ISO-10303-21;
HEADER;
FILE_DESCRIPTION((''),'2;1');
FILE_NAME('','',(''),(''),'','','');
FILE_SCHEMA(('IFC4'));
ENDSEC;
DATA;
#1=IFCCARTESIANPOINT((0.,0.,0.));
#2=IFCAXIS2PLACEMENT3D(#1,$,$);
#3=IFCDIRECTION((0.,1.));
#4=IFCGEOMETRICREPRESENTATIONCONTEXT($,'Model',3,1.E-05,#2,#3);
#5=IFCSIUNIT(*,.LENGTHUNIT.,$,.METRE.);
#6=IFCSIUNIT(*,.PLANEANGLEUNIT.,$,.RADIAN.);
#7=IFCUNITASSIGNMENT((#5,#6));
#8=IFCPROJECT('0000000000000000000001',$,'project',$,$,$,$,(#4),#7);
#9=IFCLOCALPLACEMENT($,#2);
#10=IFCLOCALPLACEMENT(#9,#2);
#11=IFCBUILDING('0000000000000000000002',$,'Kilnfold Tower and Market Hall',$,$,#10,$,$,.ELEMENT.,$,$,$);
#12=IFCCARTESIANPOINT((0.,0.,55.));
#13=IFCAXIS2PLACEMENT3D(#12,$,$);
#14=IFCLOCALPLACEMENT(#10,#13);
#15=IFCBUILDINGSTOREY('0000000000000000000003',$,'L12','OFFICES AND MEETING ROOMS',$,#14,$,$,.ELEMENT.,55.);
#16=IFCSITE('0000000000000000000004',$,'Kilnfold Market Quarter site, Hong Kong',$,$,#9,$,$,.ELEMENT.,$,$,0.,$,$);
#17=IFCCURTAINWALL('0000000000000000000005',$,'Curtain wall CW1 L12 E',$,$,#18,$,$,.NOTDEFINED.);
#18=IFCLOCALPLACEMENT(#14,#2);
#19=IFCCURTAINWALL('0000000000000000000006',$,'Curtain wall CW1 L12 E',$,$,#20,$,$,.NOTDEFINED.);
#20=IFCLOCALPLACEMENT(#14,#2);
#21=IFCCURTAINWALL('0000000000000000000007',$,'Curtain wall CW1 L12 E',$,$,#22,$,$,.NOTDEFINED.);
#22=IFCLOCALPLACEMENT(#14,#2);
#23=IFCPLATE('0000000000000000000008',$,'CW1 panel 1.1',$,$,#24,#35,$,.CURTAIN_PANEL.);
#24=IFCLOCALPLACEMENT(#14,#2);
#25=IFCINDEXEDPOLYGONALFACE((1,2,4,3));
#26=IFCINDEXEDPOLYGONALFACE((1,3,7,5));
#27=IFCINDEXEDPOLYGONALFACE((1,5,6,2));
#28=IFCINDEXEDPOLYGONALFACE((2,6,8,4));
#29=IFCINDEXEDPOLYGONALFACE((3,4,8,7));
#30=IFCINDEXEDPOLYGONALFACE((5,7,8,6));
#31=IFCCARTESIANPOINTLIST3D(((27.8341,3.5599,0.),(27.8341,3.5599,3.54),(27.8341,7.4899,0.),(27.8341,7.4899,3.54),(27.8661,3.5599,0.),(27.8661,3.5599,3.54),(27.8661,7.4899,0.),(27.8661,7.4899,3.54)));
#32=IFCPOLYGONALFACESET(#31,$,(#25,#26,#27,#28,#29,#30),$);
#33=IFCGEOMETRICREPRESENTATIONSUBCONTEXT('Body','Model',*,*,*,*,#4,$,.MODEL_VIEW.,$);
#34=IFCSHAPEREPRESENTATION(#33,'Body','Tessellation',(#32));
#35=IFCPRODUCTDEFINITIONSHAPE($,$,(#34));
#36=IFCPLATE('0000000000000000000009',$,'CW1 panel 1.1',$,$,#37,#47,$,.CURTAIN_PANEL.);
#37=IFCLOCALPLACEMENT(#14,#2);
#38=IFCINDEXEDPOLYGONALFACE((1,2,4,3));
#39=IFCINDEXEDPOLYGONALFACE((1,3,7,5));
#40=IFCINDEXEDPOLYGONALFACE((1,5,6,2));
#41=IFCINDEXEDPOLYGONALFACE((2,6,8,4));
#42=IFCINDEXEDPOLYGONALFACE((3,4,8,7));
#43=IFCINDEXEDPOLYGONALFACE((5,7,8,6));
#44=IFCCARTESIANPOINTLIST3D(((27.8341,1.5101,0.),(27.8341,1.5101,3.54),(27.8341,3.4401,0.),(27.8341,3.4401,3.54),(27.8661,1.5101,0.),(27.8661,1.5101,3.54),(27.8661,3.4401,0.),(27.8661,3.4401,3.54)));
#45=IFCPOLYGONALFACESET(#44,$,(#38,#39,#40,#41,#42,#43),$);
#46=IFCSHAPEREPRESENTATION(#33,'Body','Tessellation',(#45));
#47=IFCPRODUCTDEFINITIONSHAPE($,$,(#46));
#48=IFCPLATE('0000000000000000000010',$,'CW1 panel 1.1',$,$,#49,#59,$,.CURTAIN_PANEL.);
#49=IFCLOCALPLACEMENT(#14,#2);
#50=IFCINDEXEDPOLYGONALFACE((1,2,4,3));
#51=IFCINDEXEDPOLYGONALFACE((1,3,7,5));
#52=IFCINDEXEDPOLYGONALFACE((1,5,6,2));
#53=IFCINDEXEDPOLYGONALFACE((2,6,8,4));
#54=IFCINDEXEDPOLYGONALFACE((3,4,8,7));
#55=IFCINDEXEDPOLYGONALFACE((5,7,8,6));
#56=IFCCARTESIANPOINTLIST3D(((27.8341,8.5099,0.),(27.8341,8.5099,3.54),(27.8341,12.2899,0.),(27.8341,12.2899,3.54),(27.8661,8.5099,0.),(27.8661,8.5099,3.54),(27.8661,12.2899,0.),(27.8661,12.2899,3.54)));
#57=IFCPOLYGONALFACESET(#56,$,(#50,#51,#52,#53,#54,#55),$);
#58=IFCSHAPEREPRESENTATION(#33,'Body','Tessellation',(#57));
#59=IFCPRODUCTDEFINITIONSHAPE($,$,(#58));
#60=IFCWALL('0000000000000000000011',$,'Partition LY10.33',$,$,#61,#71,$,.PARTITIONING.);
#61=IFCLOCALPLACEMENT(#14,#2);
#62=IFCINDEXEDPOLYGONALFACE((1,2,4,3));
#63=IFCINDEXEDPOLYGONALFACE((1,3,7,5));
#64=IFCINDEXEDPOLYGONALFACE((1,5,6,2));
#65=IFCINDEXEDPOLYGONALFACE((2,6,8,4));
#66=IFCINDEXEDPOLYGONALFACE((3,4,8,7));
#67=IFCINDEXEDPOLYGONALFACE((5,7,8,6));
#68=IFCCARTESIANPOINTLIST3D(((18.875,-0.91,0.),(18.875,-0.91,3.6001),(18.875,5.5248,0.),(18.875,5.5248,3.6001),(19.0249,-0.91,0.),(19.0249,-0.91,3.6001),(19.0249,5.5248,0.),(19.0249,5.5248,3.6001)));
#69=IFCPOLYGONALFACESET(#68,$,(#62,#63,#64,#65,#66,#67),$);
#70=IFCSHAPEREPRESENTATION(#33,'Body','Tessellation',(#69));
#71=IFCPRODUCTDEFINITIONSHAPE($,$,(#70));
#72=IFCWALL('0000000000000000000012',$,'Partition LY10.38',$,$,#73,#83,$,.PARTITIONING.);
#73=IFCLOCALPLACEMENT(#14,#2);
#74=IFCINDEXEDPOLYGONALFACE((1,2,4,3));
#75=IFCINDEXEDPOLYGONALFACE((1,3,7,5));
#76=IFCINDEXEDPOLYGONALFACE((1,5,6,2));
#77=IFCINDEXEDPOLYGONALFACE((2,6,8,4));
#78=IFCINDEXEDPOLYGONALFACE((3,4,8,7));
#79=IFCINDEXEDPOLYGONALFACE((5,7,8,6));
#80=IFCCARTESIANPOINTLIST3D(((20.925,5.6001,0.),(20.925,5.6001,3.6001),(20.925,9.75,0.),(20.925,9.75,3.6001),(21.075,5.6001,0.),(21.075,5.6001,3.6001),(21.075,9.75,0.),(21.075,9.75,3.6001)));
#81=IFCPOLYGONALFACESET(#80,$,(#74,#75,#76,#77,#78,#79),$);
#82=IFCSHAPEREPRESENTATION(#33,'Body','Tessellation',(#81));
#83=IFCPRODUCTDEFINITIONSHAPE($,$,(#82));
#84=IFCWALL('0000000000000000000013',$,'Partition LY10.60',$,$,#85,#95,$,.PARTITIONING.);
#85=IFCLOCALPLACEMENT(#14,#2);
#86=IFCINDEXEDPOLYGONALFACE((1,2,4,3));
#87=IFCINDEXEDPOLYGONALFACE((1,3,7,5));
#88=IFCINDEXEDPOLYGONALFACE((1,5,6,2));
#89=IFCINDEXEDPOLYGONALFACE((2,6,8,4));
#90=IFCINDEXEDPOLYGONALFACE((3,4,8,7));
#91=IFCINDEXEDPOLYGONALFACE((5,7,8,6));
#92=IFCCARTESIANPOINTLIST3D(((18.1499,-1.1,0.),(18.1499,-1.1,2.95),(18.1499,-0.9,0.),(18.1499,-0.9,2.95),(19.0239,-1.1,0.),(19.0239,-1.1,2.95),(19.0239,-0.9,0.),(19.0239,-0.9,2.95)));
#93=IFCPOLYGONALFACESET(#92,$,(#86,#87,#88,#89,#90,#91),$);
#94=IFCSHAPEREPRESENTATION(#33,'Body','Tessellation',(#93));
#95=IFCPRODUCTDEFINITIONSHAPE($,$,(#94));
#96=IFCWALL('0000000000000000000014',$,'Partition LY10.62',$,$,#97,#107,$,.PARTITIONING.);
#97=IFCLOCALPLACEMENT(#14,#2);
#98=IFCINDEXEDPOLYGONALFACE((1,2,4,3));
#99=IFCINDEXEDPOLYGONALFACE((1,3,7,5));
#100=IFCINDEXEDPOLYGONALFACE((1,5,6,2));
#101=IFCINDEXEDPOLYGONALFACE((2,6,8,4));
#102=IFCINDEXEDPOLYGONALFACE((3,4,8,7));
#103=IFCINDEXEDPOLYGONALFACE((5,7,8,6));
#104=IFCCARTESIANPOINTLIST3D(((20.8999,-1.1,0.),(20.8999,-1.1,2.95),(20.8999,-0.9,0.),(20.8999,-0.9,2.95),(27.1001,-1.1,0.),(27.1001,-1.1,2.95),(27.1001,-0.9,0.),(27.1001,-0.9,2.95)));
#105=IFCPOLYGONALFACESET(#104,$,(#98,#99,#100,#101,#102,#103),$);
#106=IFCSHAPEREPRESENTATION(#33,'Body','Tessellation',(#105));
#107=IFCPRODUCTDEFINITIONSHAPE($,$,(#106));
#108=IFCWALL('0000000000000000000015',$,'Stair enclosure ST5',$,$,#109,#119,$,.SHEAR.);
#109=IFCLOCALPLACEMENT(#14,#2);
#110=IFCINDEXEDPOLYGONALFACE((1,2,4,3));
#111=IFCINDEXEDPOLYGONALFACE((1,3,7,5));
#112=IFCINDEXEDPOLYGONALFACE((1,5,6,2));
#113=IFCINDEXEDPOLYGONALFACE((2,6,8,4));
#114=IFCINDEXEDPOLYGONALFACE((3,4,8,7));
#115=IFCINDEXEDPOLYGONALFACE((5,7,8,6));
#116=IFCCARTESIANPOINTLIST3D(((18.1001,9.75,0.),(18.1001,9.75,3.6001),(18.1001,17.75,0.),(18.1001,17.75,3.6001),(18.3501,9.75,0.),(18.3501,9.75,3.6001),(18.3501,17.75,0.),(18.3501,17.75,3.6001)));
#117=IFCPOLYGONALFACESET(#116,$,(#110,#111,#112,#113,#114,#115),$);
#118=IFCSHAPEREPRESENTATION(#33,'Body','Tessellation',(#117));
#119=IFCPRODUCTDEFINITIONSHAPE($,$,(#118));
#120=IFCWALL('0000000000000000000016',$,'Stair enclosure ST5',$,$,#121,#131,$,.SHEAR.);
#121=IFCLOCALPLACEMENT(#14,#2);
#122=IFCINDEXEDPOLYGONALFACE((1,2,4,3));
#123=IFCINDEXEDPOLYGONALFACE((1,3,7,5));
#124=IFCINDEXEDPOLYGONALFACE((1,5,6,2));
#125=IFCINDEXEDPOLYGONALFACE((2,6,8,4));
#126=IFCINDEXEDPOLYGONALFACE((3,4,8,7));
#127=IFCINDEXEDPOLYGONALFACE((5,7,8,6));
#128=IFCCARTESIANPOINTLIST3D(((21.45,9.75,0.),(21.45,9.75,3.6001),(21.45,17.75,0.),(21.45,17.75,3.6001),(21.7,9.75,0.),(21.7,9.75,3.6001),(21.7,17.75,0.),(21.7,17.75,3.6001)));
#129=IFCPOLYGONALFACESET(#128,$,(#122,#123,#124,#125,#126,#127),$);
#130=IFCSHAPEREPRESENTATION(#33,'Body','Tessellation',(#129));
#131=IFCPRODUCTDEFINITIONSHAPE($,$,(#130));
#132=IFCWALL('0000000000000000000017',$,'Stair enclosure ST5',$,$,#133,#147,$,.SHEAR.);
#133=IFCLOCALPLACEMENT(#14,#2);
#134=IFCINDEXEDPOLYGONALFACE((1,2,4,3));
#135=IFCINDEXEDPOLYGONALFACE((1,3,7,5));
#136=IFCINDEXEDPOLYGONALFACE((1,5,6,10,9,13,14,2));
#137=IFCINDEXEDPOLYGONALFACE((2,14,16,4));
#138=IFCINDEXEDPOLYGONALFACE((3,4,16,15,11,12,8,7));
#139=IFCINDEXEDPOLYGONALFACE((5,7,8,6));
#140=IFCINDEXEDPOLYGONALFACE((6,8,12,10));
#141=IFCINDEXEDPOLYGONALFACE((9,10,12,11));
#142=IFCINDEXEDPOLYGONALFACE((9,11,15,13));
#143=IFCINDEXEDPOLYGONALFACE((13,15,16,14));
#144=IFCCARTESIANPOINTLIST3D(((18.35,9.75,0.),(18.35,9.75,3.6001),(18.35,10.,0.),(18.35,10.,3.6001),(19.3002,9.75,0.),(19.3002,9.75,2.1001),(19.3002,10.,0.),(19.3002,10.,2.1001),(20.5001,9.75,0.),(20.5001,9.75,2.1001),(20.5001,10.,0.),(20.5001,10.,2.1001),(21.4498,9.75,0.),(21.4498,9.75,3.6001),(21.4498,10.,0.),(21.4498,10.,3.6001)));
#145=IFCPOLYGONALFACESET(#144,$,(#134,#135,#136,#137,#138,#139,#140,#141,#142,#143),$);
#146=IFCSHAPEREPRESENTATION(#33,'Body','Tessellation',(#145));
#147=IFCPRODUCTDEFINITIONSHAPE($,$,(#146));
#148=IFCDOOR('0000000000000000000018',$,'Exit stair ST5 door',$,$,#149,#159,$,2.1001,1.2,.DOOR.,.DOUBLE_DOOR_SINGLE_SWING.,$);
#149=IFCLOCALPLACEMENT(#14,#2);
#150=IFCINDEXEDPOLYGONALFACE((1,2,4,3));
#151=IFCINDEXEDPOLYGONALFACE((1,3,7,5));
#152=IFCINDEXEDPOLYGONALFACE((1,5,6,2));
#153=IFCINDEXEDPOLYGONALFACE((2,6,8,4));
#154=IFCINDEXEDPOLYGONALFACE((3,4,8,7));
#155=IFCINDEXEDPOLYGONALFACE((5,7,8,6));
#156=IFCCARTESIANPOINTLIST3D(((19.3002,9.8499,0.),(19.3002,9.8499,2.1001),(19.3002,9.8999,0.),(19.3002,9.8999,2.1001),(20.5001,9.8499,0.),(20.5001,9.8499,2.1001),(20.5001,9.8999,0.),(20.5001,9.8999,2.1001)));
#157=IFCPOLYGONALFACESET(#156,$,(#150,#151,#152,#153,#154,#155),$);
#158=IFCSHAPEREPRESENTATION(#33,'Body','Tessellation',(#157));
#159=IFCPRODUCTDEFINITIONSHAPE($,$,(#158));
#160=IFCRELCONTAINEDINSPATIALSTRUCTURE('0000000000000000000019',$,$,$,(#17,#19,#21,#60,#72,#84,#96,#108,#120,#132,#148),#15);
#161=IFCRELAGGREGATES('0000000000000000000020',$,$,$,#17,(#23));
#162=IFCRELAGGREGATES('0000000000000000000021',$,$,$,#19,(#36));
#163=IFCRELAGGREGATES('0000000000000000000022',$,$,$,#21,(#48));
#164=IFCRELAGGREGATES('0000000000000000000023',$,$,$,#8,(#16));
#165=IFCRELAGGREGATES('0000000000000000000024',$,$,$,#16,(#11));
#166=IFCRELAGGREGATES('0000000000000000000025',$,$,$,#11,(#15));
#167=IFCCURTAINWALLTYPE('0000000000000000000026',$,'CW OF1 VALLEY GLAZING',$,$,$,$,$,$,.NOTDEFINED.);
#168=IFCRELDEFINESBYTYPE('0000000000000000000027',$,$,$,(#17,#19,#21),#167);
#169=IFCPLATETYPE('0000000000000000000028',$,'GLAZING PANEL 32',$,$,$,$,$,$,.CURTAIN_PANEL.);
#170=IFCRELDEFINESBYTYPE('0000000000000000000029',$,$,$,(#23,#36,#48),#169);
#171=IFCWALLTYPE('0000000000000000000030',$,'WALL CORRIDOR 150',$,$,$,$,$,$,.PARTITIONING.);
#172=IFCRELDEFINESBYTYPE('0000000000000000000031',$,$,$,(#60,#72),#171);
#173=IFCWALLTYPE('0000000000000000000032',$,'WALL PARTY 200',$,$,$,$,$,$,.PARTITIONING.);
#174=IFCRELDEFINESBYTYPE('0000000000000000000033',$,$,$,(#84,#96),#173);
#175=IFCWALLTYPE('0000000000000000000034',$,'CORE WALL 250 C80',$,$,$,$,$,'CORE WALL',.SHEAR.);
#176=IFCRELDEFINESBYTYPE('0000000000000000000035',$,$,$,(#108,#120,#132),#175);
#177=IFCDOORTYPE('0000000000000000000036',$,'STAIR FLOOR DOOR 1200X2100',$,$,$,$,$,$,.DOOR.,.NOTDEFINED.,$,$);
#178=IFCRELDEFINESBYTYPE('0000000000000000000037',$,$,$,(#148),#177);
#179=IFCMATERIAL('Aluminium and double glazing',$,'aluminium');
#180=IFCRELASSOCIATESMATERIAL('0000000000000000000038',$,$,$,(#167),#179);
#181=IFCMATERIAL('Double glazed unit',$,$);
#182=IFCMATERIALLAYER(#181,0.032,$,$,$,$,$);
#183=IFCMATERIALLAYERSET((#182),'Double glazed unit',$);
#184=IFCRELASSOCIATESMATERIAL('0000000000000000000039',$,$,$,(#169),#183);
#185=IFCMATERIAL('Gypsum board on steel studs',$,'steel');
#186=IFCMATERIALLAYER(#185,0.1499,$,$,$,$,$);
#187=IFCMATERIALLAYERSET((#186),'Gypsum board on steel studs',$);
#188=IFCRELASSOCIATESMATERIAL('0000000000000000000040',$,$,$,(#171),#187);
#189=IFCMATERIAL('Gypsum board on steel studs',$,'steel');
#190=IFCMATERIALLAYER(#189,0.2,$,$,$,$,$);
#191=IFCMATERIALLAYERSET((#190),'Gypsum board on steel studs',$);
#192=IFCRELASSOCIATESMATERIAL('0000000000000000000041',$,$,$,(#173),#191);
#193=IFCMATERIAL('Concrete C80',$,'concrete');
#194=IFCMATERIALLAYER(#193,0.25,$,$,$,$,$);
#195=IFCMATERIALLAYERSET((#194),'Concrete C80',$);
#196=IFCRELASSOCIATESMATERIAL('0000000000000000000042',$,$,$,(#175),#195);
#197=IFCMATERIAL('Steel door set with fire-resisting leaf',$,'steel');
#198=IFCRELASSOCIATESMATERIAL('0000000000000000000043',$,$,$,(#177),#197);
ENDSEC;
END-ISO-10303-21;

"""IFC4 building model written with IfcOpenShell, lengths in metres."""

from ifc_helpers import new_model, si_unit, direction, frame, frame_2d, origin, origin_2d, place, context, subcontext, project, spatial, rectangle, extrude, source, transform, mapped, material, layer, layer_set, type_object, element, fill, aggregate, save


model = new_model("IFC4")

# Units and contexts
model_context = context("Model", 3, precision=1e-05, world=origin(), true_north=direction((0.0, 1.0)))
body_context = subcontext(model_context, "Body", "Model", "MODEL_VIEW")
ifc_project = project(units=[si_unit("LENGTHUNIT", "METRE"), si_unit("PLANEANGLEUNIT", "RADIAN")], contexts=[model_context])

# Site, building, storey
site_placement = place(None, origin())
site = spatial("IfcSite", under=ifc_project, at=site_placement, Name="Kilnfold Market Quarter site, Hong Kong", CompositionType="ELEMENT", RefElevation=0.0)
building_placement = place(site_placement, origin())
building = spatial("IfcBuilding", under=site, at=building_placement, Name="Kilnfold Tower and Market Hall", CompositionType="ELEMENT")
storey_placement = place(building_placement, frame((0.0, 0.0, 55.0)))
storey = spatial("IfcBuildingStorey", under=building, at=storey_placement, Name="L12", Description="OFFICES AND MEETING ROOMS", CompositionType="ELEMENT", Elevation=55.0)

# Curtain walls
ifc_material_1 = material(Name="Aluminium and double glazing", Category="aluminium")
curtain_wall_type = type_object("IfcCurtainWallType", Name="CW OF1 VALLEY GLAZING", PredefinedType="NOTDEFINED", material=ifc_material_1)
curtain_wall_1_placement = place(storey_placement, origin())
curtain_wall_1 = element("IfcCurtainWall", 1, at=curtain_wall_1_placement, inside=storey, type_object=curtain_wall_type, Name="Curtain wall CW1 L12 E", PredefinedType="NOTDEFINED")
curtain_wall_2_placement = place(storey_placement, origin())
curtain_wall_2 = element("IfcCurtainWall", 2, at=curtain_wall_2_placement, inside=storey, type_object=curtain_wall_type, Name="Curtain wall CW1 L12 E", PredefinedType="NOTDEFINED")
curtain_wall_3_placement = place(storey_placement, origin())
curtain_wall_3 = element("IfcCurtainWall", 3, at=curtain_wall_3_placement, inside=storey, type_object=curtain_wall_type, Name="Curtain wall CW1 L12 E", PredefinedType="NOTDEFINED")

# Plates
ifc_material_2 = material(Name="Double glazed unit")
ifc_layer_1 = layer(ifc_material_2, 0.032)
ifc_layer_set_1 = layer_set([ifc_layer_1], Name="Double glazed unit")
plate_type = type_object("IfcPlateType", Name="GLAZING PANEL 32", PredefinedType="CURTAIN_PANEL", material=ifc_layer_set_1)
shared_shape_1 = source(origin(), body_context, "Body", "SweptSolid", [
    extrude(rectangle(XDim=3.9299, YDim=0.032, at=origin_2d()), origin(), (0.0, 0.0, 1.0), 3.54),
])
plate_1_placement = place(storey_placement, frame((27.8501, 5.5249, 0.0), z_axis=(0.0, 0.0, 1.0), x_axis=(0.0, 1.0, 0.0)))
plate_1 = element("IfcPlate", 4, at=plate_1_placement, type_object=plate_type, Name="CW1 panel 1.1", PredefinedType="CURTAIN_PANEL", context=body_context, shape_type="MappedRepresentation", body=[
    mapped(shared_shape_1, transform((0.0, 0.0, 0.0))),
])
aggregate(curtain_wall_1, [plate_1])
shared_shape_2 = source(origin(), body_context, "Body", "SweptSolid", [
    extrude(rectangle(XDim=1.9299, YDim=0.032, at=origin_2d()), origin(), (0.0, 0.0, 1.0), 3.54),
])
plate_2_placement = place(storey_placement, frame((27.8501, 2.4751, 0.0), z_axis=(0.0, 0.0, 1.0), x_axis=(0.0, 1.0, 0.0)))
plate_2 = element("IfcPlate", 5, at=plate_2_placement, type_object=plate_type, Name="CW1 panel 1.1", PredefinedType="CURTAIN_PANEL", context=body_context, shape_type="MappedRepresentation", body=[
    mapped(shared_shape_2, transform((0.0, 0.0, 0.0))),
])
aggregate(curtain_wall_2, [plate_2])
shared_shape_3 = source(origin(), body_context, "Body", "SweptSolid", [
    extrude(rectangle(XDim=3.78, YDim=0.032, at=origin_2d()), origin(), (0.0, 0.0, 1.0), 3.54),
])
plate_3_placement = place(storey_placement, frame((27.8501, 10.3999, 0.0), z_axis=(0.0, 0.0, 1.0), x_axis=(0.0, 1.0, 0.0)))
plate_3 = element("IfcPlate", 6, at=plate_3_placement, type_object=plate_type, Name="CW1 panel 1.1", PredefinedType="CURTAIN_PANEL", context=body_context, shape_type="MappedRepresentation", body=[
    mapped(shared_shape_3, transform((0.0, 0.0, 0.0))),
])
aggregate(curtain_wall_3, [plate_3])

# Walls
ifc_material_3 = material(Name="Gypsum board on steel studs", Category="steel")
ifc_layer_2 = layer(ifc_material_3, 0.1499)
ifc_layer_set_2 = layer_set([ifc_layer_2], Name="Gypsum board on steel studs")
wall_type_1 = type_object("IfcWallType", Name="WALL CORRIDOR 150", PredefinedType="PARTITIONING", material=ifc_layer_set_2)
wall_1_placement = place(storey_placement, frame((18.95, -0.9099, 0.0), z_axis=(0.0, 0.0, 1.0), x_axis=(0.0, 1.0, 0.0)))
element("IfcWall", 7, at=wall_1_placement, inside=storey, type_object=wall_type_1, Name="Partition LY10.33", PredefinedType="PARTITIONING", context=body_context, shape_type="SweptSolid", body=[
    extrude(rectangle(XDim=6.4348, YDim=0.1499, at=frame_2d((3.2173, 0.0))), origin(), (0.0, 0.0, 1.0), 3.6001),
])
wall_2_placement = place(storey_placement, frame((21.0, 5.6001, 0.0), z_axis=(0.0, 0.0, 1.0), x_axis=(0.0, 1.0, 0.0)))
element("IfcWall", 8, at=wall_2_placement, inside=storey, type_object=wall_type_1, Name="Partition LY10.38", PredefinedType="PARTITIONING", context=body_context, shape_type="SweptSolid", body=[
    extrude(rectangle(XDim=4.1499, YDim=0.1499, at=frame_2d((2.075, 0.0))), origin(), (0.0, 0.0, 1.0), 3.6001),
])
ifc_material_4 = material(Name="Gypsum board on steel studs", Category="steel")
ifc_layer_3 = layer(ifc_material_4, 0.2)
ifc_layer_set_3 = layer_set([ifc_layer_3], Name="Gypsum board on steel studs")
wall_type_2 = type_object("IfcWallType", Name="WALL PARTY 200", PredefinedType="PARTITIONING", material=ifc_layer_set_3)
wall_3_placement = place(storey_placement, frame((18.1499, -1.0, 0.0), z_axis=(0.0, 0.0, 1.0), x_axis=(1.0, 0.0, 0.0)))
element("IfcWall", 9, at=wall_3_placement, inside=storey, type_object=wall_type_2, Name="Partition LY10.60", PredefinedType="PARTITIONING", context=body_context, shape_type="SweptSolid", body=[
    extrude(rectangle(XDim=0.874, YDim=0.2, at=frame_2d((0.437, 0.0))), origin(), (0.0, 0.0, 1.0), 2.95),
])
wall_4_placement = place(storey_placement, frame((20.8999, -1.0, 0.0), z_axis=(0.0, 0.0, 1.0), x_axis=(1.0, 0.0, 0.0)))
element("IfcWall", 10, at=wall_4_placement, inside=storey, type_object=wall_type_2, Name="Partition LY10.62", PredefinedType="PARTITIONING", context=body_context, shape_type="SweptSolid", body=[
    extrude(rectangle(XDim=6.2002, YDim=0.2, at=frame_2d((3.1001, 0.0))), origin(), (0.0, 0.0, 1.0), 2.95),
])
ifc_material_5 = material(Name="Concrete C80", Category="concrete")
ifc_layer_4 = layer(ifc_material_5, 0.25)
ifc_layer_set_4 = layer_set([ifc_layer_4], Name="Concrete C80")
wall_type_3 = type_object("IfcWallType", Name="CORE WALL 250 C80", ElementType="CORE WALL", PredefinedType="SHEAR", material=ifc_layer_set_4)
shared_shape_4 = source(origin(), body_context, "Body", "SweptSolid", [
    extrude(rectangle(XDim=8.0, YDim=0.25, at=frame_2d((4.0, 0.0))), origin(), (0.0, 0.0, 1.0), 3.6001),
])
for number, where, z_axis, x_axis, name in (
    (11, (18.2251, 9.75, 0.0), (0.0, 0.0, 1.0), (0.0, 1.0, 0.0), "Stair enclosure ST5"),
    (12, (21.575, 9.75, 0.0), (0.0, 0.0, 1.0), (0.0, 1.0, 0.0), "Stair enclosure ST5"),
):
    element("IfcWall", number, at=place(storey_placement, frame(where, z_axis=z_axis, x_axis=x_axis)), inside=storey, type_object=wall_type_3, Name=name, PredefinedType="SHEAR", context=body_context, shape_type="MappedRepresentation", body=[
        mapped(shared_shape_4, transform((0.0, 0.0, 0.0))),
    ])

# Wall, opening, door
shared_shape_5 = source(origin(), body_context, "Body", "SweptSolid", [
    extrude(rectangle(XDim=3.0999, YDim=0.25, at=frame_2d((1.5498, 0.0))), origin(), (0.0, 0.0, 1.0), 3.6001),
])
wall_5_placement = place(storey_placement, frame((18.3501, 9.875, 0.0), z_axis=(0.0, 0.0, 1.0), x_axis=(1.0, 0.0, 0.0)))
wall_5 = element("IfcWall", 13, at=wall_5_placement, inside=storey, type_object=wall_type_3, Name="Stair enclosure ST5", PredefinedType="SHEAR", context=body_context, shape_type="MappedRepresentation", body=[
    mapped(shared_shape_5, transform((0.0, 0.0, 0.0))),
])
opening_1_placement = place(wall_5_placement, frame((0.95, 0.0, 0.0)))
opening_1 = element("IfcOpeningElement", 14, at=opening_1_placement, cuts=wall_5, PredefinedType="OPENING", context=body_context, shape_type="SweptSolid", body=[
    extrude(rectangle(XDim=1.2, YDim=2.1001, at=frame_2d((0.6001, 1.05))), frame((0.0, 0.135, 0.0), z_axis=(0.0, -1.0, 0.0), x_axis=(1.0, 0.0, 0.0)), (0.0, 0.0, 1.0), 0.27),
])
ifc_material_6 = material(Name="Steel door set with fire-resisting leaf", Category="steel")
door_type_1 = type_object("IfcDoorType", Name="STAIR FLOOR DOOR 1200X2100", OperationType="NOTDEFINED", PredefinedType="DOOR", material=ifc_material_6)
door_1_placement = place(opening_1_placement, origin())
door_1 = element("IfcDoor", 15, at=door_1_placement, inside=storey, type_object=door_type_1, Name="Exit stair ST5 door", OperationType="DOUBLE_DOOR_SINGLE_SWING", OverallHeight=2.1001, OverallWidth=1.2, PredefinedType="DOOR", context=body_context, shape_type="SweptSolid", body=[
    extrude(rectangle(XDim=1.2, YDim=2.1001, at=frame_2d((0.6001, 1.05))), frame((0.0, 0.0249, 0.0), z_axis=(0.0, -1.0, 0.0), x_axis=(1.0, 0.0, 0.0)), (0.0, 0.0, 1.0), 0.05),
])
fill(opening_1, door_1)

save(model, "model.ifc")
